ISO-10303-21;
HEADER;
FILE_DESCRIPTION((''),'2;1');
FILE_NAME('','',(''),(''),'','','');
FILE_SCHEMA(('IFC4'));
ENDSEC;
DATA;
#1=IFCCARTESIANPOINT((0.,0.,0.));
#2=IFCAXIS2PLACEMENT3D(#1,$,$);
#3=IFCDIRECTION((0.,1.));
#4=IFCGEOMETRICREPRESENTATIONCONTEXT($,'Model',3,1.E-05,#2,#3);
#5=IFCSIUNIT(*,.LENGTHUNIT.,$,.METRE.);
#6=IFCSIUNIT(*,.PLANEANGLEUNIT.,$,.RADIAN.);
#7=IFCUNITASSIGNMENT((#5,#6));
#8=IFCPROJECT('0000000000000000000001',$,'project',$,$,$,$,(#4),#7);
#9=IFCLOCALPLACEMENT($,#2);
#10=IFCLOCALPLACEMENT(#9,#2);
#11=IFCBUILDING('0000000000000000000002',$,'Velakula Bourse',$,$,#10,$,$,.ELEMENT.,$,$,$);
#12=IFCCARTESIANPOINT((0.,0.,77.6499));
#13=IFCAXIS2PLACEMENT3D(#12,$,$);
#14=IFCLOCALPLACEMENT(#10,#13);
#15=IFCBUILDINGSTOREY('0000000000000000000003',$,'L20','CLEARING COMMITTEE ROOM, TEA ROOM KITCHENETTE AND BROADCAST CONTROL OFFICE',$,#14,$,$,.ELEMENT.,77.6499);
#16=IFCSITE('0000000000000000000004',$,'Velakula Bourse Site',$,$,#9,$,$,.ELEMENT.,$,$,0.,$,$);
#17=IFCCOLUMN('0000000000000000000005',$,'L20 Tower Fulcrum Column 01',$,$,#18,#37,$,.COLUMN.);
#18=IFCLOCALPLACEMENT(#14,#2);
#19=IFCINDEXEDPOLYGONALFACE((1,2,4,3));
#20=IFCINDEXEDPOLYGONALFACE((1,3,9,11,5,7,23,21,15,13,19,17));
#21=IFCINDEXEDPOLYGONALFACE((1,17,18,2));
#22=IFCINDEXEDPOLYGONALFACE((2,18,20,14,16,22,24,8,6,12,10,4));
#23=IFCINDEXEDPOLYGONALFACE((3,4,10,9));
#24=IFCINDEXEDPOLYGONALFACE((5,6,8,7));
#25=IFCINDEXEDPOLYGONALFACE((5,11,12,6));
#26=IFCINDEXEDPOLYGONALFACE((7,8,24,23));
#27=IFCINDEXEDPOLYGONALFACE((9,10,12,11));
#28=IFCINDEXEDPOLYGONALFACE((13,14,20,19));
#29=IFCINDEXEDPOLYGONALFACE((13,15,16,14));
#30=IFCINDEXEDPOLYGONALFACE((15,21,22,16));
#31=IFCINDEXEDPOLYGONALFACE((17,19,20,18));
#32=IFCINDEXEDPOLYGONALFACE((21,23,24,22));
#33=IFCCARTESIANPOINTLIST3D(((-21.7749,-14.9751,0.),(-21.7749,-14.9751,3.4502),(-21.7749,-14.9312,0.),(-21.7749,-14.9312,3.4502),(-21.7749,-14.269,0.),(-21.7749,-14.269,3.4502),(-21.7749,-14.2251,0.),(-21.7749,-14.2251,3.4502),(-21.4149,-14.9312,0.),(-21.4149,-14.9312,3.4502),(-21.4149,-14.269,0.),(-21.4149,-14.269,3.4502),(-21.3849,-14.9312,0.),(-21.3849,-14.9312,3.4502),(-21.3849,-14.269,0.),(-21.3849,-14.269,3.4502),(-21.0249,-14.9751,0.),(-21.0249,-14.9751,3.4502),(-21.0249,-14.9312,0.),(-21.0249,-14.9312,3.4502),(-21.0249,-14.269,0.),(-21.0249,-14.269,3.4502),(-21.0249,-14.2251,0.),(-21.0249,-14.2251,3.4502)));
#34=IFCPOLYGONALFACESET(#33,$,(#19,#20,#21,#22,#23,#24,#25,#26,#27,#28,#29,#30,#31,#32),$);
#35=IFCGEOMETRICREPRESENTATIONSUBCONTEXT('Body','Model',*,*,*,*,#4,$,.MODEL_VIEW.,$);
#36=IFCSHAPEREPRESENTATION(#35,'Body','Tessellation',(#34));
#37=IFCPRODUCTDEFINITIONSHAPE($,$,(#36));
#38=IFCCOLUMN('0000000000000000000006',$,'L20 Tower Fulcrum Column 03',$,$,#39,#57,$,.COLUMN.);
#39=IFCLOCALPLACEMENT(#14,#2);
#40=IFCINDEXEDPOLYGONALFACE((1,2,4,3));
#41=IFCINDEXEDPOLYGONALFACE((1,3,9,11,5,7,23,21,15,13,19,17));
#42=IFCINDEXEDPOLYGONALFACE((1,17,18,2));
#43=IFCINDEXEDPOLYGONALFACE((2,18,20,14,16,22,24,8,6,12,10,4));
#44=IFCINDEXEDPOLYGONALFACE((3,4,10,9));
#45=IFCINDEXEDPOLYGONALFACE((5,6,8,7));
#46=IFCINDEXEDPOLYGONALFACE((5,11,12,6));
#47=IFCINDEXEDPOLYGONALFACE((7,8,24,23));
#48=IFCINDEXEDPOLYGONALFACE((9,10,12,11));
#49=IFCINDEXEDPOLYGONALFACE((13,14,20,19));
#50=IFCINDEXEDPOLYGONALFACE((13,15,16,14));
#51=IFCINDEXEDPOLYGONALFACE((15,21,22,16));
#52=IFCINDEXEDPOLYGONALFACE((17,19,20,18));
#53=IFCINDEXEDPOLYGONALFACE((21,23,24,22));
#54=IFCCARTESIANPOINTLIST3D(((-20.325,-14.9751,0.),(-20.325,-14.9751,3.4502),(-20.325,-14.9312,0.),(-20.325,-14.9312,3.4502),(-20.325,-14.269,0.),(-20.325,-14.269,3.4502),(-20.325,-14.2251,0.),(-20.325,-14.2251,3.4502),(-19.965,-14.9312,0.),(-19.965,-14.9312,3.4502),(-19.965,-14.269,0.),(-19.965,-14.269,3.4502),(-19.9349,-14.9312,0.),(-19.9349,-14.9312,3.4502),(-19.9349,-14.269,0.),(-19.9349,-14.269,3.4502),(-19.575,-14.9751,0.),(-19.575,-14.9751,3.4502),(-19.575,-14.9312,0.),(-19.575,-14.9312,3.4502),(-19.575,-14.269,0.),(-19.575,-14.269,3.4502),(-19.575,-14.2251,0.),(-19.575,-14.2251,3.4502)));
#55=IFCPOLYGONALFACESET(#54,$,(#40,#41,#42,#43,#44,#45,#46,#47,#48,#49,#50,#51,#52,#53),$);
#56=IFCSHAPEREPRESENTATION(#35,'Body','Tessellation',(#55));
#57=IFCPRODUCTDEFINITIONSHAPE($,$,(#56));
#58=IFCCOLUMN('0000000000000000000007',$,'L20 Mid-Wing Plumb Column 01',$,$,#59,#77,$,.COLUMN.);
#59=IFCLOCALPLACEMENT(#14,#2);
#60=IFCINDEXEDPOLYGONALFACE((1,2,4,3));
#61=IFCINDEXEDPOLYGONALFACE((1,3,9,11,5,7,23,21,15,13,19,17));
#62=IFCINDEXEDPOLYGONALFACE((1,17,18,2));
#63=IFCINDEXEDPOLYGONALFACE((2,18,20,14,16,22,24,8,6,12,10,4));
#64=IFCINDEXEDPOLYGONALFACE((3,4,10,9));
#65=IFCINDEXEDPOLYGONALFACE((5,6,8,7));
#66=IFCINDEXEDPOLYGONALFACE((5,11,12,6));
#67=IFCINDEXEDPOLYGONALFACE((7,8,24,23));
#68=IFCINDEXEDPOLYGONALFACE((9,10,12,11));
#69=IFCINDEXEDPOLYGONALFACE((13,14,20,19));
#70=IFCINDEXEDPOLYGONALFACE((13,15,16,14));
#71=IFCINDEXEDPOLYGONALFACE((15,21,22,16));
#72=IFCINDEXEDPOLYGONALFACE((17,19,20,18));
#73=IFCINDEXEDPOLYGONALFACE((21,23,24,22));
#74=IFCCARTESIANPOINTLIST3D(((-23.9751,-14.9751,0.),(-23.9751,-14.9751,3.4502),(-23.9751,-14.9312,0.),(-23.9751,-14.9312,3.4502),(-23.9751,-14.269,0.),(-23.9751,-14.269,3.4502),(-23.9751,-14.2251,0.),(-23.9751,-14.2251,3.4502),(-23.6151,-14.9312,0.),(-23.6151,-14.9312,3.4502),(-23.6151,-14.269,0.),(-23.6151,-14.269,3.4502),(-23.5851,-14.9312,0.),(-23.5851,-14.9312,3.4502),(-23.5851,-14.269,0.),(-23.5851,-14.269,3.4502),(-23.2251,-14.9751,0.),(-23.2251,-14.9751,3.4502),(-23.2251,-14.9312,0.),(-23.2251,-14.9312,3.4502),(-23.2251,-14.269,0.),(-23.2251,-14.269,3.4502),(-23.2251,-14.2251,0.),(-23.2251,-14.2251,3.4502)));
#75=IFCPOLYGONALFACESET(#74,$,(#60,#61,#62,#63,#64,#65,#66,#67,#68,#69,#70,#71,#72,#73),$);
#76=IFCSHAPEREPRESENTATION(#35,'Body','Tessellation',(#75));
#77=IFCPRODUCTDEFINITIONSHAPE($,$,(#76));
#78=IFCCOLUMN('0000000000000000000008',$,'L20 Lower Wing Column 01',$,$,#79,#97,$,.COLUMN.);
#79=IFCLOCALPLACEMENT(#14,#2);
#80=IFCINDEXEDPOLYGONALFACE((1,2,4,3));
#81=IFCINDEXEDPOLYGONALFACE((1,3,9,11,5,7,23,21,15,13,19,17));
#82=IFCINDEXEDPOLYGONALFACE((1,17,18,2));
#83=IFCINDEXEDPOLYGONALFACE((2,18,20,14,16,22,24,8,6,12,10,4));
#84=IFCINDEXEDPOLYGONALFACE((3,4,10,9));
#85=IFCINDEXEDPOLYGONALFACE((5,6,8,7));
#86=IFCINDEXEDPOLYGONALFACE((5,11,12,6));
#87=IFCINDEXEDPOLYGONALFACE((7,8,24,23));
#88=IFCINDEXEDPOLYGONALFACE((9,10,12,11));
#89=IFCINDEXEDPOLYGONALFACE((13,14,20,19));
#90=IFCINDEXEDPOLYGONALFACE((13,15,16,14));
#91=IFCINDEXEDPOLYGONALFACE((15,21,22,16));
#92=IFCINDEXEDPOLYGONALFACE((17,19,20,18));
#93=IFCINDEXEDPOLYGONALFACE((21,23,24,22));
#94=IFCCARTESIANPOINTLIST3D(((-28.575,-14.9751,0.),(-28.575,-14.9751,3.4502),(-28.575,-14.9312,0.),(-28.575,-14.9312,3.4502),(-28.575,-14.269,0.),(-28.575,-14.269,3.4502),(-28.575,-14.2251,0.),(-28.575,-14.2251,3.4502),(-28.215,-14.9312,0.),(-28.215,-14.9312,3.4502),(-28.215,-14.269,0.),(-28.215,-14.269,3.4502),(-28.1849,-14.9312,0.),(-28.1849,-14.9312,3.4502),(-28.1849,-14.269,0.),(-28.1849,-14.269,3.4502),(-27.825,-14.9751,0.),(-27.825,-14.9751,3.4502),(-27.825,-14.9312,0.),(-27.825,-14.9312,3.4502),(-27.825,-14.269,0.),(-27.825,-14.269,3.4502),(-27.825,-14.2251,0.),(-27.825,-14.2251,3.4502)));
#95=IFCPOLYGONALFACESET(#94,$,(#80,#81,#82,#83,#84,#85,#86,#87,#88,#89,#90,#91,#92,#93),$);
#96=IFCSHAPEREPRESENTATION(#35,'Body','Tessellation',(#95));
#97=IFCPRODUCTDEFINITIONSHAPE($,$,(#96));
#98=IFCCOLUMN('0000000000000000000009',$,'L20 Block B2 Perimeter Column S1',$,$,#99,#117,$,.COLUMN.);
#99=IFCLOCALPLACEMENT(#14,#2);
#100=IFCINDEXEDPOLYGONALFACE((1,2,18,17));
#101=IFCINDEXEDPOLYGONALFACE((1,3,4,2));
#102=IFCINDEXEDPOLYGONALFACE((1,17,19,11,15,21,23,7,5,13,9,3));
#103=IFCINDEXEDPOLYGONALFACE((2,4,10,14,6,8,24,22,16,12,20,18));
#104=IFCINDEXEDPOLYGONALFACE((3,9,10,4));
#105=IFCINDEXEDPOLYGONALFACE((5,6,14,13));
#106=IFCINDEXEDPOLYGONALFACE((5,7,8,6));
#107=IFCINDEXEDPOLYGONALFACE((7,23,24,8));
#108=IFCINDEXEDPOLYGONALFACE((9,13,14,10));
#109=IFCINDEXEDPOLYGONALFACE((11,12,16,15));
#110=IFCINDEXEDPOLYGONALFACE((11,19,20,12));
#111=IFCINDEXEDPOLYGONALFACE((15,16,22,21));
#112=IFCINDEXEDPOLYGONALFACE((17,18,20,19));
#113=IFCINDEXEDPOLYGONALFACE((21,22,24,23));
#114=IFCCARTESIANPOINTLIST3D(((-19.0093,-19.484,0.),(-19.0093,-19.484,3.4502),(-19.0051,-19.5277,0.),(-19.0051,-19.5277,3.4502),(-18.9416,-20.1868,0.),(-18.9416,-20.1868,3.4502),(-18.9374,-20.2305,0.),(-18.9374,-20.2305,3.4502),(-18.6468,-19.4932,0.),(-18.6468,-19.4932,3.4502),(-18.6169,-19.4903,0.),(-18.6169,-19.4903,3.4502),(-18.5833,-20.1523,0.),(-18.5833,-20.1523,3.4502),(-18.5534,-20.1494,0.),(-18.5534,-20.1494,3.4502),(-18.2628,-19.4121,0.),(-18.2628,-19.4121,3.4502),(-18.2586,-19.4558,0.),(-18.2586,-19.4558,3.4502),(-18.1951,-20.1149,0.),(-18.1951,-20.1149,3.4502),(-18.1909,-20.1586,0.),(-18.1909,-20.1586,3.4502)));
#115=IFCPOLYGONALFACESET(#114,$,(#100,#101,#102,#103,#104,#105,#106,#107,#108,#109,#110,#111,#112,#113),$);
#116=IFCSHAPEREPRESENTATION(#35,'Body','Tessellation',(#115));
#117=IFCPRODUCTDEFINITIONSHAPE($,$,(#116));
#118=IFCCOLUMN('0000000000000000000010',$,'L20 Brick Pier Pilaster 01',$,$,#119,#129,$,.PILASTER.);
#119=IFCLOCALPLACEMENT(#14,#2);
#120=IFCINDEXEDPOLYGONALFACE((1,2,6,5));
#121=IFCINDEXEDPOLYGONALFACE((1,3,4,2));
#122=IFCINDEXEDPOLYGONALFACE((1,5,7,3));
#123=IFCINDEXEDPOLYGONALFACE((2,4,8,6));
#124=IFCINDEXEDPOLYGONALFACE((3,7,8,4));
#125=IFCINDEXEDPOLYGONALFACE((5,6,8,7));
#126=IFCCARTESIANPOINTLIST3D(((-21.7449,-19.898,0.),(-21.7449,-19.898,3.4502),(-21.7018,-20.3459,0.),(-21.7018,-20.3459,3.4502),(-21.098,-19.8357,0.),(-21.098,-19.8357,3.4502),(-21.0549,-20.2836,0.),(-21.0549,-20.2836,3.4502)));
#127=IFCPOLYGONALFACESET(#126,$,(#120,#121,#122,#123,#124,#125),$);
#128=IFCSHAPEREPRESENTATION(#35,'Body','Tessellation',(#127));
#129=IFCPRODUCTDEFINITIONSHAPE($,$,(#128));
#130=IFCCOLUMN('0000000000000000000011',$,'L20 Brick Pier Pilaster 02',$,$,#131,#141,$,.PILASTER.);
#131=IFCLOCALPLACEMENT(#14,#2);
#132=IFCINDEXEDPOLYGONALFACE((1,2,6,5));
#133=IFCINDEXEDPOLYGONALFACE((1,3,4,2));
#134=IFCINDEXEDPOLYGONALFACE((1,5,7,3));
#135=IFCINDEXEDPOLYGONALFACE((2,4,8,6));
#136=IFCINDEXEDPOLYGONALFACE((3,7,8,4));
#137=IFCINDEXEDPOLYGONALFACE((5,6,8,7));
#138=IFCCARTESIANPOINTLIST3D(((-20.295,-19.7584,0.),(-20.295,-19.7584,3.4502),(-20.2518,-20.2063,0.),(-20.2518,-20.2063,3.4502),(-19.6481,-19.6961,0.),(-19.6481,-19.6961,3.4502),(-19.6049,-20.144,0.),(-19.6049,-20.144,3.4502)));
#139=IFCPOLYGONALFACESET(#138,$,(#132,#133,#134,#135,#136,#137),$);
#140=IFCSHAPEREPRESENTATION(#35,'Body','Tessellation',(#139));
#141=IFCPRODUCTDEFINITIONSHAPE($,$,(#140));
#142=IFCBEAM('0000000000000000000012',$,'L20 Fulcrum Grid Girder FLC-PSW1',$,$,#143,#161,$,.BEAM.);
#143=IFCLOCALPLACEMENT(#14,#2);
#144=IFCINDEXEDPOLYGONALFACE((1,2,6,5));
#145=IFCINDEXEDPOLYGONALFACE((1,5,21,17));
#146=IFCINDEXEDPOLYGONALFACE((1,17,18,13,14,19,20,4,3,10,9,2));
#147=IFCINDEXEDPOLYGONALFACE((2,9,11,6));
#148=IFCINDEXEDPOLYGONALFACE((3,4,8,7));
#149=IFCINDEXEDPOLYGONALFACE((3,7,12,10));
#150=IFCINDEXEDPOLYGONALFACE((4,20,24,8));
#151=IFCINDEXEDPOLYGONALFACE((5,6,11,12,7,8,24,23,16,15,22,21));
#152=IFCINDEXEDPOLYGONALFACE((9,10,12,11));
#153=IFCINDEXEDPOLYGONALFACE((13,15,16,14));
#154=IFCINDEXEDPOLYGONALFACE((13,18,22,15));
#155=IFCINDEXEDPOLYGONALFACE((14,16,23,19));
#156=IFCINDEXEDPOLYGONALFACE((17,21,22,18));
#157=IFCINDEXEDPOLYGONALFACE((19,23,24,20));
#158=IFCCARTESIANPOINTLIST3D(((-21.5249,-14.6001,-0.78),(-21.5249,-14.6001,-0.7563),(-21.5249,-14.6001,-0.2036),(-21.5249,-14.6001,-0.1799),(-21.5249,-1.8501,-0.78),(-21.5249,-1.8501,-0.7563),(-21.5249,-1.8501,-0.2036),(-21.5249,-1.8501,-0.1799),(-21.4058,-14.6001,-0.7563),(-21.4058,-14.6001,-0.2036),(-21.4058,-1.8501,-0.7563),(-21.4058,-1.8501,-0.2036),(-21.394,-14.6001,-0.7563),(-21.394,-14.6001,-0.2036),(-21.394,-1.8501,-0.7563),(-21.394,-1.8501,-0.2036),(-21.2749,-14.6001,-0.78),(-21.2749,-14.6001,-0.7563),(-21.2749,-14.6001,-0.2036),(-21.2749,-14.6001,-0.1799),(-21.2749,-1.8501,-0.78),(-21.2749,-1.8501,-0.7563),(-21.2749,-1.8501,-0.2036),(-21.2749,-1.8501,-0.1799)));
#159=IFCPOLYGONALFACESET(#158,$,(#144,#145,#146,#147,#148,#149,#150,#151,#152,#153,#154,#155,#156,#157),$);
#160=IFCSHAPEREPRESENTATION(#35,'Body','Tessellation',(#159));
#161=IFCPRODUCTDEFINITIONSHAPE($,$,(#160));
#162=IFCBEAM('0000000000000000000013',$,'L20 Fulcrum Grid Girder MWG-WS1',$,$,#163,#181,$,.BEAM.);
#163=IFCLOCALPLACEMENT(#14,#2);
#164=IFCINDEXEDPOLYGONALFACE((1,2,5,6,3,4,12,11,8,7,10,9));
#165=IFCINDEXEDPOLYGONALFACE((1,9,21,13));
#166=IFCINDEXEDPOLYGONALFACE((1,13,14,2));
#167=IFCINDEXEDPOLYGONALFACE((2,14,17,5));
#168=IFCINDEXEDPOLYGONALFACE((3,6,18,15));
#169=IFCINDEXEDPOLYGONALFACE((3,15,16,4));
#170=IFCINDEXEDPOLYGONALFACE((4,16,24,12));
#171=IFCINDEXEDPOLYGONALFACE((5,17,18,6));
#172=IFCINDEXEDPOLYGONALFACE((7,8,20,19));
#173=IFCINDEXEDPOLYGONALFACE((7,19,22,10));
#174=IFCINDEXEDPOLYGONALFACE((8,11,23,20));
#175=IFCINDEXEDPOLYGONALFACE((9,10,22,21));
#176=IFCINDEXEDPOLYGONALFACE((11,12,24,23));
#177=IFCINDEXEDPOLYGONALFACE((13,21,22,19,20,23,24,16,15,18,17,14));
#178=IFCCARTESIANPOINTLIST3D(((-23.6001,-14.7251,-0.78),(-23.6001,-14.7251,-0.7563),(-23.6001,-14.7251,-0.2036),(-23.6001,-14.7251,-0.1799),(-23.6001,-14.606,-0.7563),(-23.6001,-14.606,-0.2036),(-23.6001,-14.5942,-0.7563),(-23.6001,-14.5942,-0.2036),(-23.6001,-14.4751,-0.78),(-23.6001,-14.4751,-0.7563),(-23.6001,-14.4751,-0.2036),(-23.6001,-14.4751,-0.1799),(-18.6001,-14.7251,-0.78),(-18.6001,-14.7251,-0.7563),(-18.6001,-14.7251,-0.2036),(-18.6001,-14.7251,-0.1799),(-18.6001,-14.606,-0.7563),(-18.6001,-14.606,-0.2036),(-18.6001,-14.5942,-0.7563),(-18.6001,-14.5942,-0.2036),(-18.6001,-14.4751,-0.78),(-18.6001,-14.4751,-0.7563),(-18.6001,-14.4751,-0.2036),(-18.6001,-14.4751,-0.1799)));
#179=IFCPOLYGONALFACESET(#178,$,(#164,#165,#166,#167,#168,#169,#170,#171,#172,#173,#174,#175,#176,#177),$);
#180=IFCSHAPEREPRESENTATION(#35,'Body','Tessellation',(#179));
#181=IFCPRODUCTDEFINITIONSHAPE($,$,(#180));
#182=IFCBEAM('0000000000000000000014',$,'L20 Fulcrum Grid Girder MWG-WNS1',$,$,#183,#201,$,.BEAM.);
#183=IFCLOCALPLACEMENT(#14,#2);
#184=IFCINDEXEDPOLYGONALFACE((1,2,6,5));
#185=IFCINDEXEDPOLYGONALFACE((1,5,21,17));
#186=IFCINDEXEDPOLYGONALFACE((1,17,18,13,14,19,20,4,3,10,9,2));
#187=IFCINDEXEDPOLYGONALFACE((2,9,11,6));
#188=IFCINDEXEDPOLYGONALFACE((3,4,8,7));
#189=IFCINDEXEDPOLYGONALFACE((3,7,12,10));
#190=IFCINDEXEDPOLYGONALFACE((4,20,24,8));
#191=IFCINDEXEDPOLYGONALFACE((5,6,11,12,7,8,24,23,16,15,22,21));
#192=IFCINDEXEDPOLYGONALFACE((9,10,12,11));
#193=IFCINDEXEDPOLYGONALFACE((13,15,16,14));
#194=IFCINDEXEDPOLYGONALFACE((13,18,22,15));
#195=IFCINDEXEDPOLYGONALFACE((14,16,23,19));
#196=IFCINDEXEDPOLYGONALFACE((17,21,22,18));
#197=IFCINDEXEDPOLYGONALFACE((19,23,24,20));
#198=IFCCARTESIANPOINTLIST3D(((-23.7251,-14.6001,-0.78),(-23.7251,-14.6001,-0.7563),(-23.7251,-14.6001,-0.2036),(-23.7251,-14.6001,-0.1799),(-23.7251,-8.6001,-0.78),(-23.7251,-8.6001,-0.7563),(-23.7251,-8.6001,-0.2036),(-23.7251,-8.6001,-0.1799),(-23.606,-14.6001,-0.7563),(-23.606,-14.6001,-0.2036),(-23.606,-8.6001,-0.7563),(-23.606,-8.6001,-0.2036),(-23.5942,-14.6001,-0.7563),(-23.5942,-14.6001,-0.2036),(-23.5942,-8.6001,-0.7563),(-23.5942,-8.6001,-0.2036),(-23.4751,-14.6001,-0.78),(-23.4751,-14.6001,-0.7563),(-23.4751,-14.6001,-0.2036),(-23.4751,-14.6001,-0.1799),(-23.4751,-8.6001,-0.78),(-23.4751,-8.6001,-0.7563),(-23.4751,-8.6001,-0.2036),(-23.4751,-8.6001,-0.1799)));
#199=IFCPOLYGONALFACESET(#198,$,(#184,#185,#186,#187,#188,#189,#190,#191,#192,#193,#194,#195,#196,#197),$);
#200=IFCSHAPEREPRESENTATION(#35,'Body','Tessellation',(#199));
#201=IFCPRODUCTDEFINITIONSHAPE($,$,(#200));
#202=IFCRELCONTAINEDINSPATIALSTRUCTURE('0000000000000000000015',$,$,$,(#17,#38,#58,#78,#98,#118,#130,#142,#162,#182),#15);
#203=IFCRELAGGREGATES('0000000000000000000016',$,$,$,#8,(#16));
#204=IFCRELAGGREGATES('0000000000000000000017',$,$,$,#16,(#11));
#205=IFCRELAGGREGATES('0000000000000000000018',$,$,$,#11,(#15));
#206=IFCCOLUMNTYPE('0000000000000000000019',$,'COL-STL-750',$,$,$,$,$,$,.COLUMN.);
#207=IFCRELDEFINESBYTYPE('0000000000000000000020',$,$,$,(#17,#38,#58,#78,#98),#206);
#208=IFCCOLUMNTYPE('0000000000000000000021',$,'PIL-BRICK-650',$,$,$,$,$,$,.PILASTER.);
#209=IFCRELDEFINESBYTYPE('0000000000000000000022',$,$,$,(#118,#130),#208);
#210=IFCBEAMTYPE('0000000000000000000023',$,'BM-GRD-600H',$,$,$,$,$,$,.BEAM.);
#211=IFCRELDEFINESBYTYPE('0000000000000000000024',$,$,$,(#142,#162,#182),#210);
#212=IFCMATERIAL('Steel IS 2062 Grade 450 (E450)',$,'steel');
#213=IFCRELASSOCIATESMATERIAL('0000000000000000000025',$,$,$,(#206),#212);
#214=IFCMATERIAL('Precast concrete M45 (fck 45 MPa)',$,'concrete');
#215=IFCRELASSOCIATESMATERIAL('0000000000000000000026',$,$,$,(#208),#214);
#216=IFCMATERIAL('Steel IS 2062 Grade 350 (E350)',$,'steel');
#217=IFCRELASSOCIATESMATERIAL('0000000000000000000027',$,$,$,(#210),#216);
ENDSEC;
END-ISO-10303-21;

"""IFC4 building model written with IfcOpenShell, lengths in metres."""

from ifc_helpers import new_model, si_unit, direction, frame, origin, origin_2d, place, context, subcontext, project, spatial, rectangle, i_section, extrude, material, material_profile, profile_set, type_object, element, save


model = new_model("IFC4")

# Units and contexts
model_context = context("Model", 3, precision=1e-05, world=origin(), true_north=direction((0.0, 1.0)))
body_context = subcontext(model_context, "Body", "Model", "MODEL_VIEW")
ifc_project = project(units=[si_unit("LENGTHUNIT", "METRE"), si_unit("PLANEANGLEUNIT", "RADIAN")], contexts=[model_context])

# Site, building, storey
site_placement = place(None, origin())
site = spatial("IfcSite", under=ifc_project, at=site_placement, Name="Velakula Bourse Site", CompositionType="ELEMENT", RefElevation=0.0)
building_placement = place(site_placement, origin())
building = spatial("IfcBuilding", under=site, at=building_placement, Name="Velakula Bourse", CompositionType="ELEMENT")
storey_placement = place(building_placement, frame((0.0, 0.0, 77.6499)))
storey = spatial("IfcBuildingStorey", under=building, at=storey_placement, Name="L20", Description="CLEARING COMMITTEE ROOM, TEA ROOM KITCHENETTE AND BROADCAST CONTROL OFFICE", CompositionType="ELEMENT", Elevation=77.6499)

# Columns
ifc_material_1 = material(Name="Steel IS 2062 Grade 450 (E450)", Category="steel")
ifc_material_profile_1 = material_profile(ifc_material_1, i_section(OverallWidth=0.75, OverallDepth=0.75, WebThickness=0.03, FlangeThickness=0.0439, at=origin_2d()), Name="Steel IS 2062 Grade 450 (E450)")
ifc_profile_set_1 = profile_set([ifc_material_profile_1], Name="Steel IS 2062 Grade 450 (E450)")
column_type_1 = type_object("IfcColumnType", Name="COL-STL-750", PredefinedType="COLUMN", material=ifc_profile_set_1)
for number, where, z_axis, x_axis, name in (
    (1, (-21.3999, -14.6001, 0.0), (0.0, 0.0, 1.0), (1.0, 0.0, 0.0), "L20 Tower Fulcrum Column 01"),
    (2, (-19.95, -14.6001, 0.0), (0.0, 0.0, 1.0), (1.0, 0.0, 0.0), "L20 Tower Fulcrum Column 03"),
    (3, (-23.6001, -14.6001, 0.0), (0.0, 0.0, 1.0), (1.0, 0.0, 0.0), "L20 Mid-Wing Plumb Column 01"),
    (4, (-28.2, -14.6001, 0.0), (0.0, 0.0, 1.0), (1.0, 0.0, 0.0), "L20 Lower Wing Column 01"),
    (5, (-18.6001, -19.8213, 0.0), (0.0, 0.0, 1.0), (0.995396, 0.095846, 0.0), "L20 Block B2 Perimeter Column S1"),
):
    element("IfcColumn", number, at=place(storey_placement, frame(where, z_axis=z_axis, x_axis=x_axis)), inside=storey, type_object=column_type_1, Name=name, PredefinedType="COLUMN", context=body_context, shape_type="SweptSolid", body=[
        extrude(i_section(OverallWidth=0.75, OverallDepth=0.75, WebThickness=0.03, FlangeThickness=0.0439, at=origin_2d()), origin(), (0.0, 0.0, 1.0), 3.4502),
    ])
ifc_material_2 = material(Name="Precast concrete M45 (fck 45 MPa)", Category="concrete")
ifc_material_profile_2 = material_profile(ifc_material_2, rectangle(XDim=0.6499, YDim=0.45, at=origin_2d()), Name="Precast concrete M45 (fck 45 MPa)")
ifc_profile_set_2 = profile_set([ifc_material_profile_2], Name="Precast concrete M45 (fck 45 MPa)")
column_type_2 = type_object("IfcColumnType", Name="PIL-BRICK-650", PredefinedType="PILASTER", material=ifc_profile_set_2)
for number, where, z_axis, x_axis, name in (
    (6, (-21.3999, -20.0908, 0.0), (0.0, 0.0, 1.0), (0.995396, 0.095846, 0.0), "L20 Brick Pier Pilaster 01"),
    (7, (-19.95, -19.9512, 0.0), (0.0, 0.0, 1.0), (0.995396, 0.095846, 0.0), "L20 Brick Pier Pilaster 02"),
):
    element("IfcColumn", number, at=place(storey_placement, frame(where, z_axis=z_axis, x_axis=x_axis)), inside=storey, type_object=column_type_2, Name=name, PredefinedType="PILASTER", context=body_context, shape_type="SweptSolid", body=[
        extrude(rectangle(XDim=0.6499, YDim=0.45, at=origin_2d()), origin(), (0.0, 0.0, 1.0), 3.4502),
    ])

# Beams
ifc_material_3 = material(Name="Steel IS 2062 Grade 350 (E350)", Category="steel")
ifc_material_profile_3 = material_profile(ifc_material_3, i_section(OverallWidth=0.25, OverallDepth=0.6001, WebThickness=0.0117, FlangeThickness=0.0237, at=origin_2d()), Name="Steel IS 2062 Grade 350 (E350)")
ifc_profile_set_3 = profile_set([ifc_material_profile_3], Name="Steel IS 2062 Grade 350 (E350)")
beam_type_1 = type_object("IfcBeamType", Name="BM-GRD-600H", PredefinedType="BEAM", material=ifc_profile_set_3)
beam_1_placement = place(storey_placement, frame((-21.3999, -14.6001, -0.48), z_axis=(0.0, 1.0, 0.0), x_axis=(-1.0, 0.0, 0.0)))
element("IfcBeam", 8, at=beam_1_placement, inside=storey, type_object=beam_type_1, Name="L20 Fulcrum Grid Girder FLC-PSW1", PredefinedType="BEAM", context=body_context, shape_type="SweptSolid", body=[
    extrude(i_section(OverallWidth=0.25, OverallDepth=0.6001, WebThickness=0.0117, FlangeThickness=0.0237, at=origin_2d()), origin(), (0.0, 0.0, 1.0), 12.75),
])
beam_2_placement = place(storey_placement, frame((-23.6001, -14.6001, -0.48), z_axis=(1.0, 0.0, 0.0), x_axis=(0.0, 1.0, 0.0)))
element("IfcBeam", 9, at=beam_2_placement, inside=storey, type_object=beam_type_1, Name="L20 Fulcrum Grid Girder MWG-WS1", PredefinedType="BEAM", context=body_context, shape_type="SweptSolid", body=[
    extrude(i_section(OverallWidth=0.25, OverallDepth=0.6001, WebThickness=0.0117, FlangeThickness=0.0237, at=origin_2d()), origin(), (0.0, 0.0, 1.0), 5.0),
])
beam_3_placement = place(storey_placement, frame((-23.6001, -14.6001, -0.48), z_axis=(0.0, 1.0, 0.0), x_axis=(-1.0, 0.0, 0.0)))
element("IfcBeam", 10, at=beam_3_placement, inside=storey, type_object=beam_type_1, Name="L20 Fulcrum Grid Girder MWG-WNS1", PredefinedType="BEAM", context=body_context, shape_type="SweptSolid", body=[
    extrude(i_section(OverallWidth=0.25, OverallDepth=0.6001, WebThickness=0.0117, FlangeThickness=0.0237, at=origin_2d()), origin(), (0.0, 0.0, 1.0), 6.0),
])

save(model, "model.ifc")
